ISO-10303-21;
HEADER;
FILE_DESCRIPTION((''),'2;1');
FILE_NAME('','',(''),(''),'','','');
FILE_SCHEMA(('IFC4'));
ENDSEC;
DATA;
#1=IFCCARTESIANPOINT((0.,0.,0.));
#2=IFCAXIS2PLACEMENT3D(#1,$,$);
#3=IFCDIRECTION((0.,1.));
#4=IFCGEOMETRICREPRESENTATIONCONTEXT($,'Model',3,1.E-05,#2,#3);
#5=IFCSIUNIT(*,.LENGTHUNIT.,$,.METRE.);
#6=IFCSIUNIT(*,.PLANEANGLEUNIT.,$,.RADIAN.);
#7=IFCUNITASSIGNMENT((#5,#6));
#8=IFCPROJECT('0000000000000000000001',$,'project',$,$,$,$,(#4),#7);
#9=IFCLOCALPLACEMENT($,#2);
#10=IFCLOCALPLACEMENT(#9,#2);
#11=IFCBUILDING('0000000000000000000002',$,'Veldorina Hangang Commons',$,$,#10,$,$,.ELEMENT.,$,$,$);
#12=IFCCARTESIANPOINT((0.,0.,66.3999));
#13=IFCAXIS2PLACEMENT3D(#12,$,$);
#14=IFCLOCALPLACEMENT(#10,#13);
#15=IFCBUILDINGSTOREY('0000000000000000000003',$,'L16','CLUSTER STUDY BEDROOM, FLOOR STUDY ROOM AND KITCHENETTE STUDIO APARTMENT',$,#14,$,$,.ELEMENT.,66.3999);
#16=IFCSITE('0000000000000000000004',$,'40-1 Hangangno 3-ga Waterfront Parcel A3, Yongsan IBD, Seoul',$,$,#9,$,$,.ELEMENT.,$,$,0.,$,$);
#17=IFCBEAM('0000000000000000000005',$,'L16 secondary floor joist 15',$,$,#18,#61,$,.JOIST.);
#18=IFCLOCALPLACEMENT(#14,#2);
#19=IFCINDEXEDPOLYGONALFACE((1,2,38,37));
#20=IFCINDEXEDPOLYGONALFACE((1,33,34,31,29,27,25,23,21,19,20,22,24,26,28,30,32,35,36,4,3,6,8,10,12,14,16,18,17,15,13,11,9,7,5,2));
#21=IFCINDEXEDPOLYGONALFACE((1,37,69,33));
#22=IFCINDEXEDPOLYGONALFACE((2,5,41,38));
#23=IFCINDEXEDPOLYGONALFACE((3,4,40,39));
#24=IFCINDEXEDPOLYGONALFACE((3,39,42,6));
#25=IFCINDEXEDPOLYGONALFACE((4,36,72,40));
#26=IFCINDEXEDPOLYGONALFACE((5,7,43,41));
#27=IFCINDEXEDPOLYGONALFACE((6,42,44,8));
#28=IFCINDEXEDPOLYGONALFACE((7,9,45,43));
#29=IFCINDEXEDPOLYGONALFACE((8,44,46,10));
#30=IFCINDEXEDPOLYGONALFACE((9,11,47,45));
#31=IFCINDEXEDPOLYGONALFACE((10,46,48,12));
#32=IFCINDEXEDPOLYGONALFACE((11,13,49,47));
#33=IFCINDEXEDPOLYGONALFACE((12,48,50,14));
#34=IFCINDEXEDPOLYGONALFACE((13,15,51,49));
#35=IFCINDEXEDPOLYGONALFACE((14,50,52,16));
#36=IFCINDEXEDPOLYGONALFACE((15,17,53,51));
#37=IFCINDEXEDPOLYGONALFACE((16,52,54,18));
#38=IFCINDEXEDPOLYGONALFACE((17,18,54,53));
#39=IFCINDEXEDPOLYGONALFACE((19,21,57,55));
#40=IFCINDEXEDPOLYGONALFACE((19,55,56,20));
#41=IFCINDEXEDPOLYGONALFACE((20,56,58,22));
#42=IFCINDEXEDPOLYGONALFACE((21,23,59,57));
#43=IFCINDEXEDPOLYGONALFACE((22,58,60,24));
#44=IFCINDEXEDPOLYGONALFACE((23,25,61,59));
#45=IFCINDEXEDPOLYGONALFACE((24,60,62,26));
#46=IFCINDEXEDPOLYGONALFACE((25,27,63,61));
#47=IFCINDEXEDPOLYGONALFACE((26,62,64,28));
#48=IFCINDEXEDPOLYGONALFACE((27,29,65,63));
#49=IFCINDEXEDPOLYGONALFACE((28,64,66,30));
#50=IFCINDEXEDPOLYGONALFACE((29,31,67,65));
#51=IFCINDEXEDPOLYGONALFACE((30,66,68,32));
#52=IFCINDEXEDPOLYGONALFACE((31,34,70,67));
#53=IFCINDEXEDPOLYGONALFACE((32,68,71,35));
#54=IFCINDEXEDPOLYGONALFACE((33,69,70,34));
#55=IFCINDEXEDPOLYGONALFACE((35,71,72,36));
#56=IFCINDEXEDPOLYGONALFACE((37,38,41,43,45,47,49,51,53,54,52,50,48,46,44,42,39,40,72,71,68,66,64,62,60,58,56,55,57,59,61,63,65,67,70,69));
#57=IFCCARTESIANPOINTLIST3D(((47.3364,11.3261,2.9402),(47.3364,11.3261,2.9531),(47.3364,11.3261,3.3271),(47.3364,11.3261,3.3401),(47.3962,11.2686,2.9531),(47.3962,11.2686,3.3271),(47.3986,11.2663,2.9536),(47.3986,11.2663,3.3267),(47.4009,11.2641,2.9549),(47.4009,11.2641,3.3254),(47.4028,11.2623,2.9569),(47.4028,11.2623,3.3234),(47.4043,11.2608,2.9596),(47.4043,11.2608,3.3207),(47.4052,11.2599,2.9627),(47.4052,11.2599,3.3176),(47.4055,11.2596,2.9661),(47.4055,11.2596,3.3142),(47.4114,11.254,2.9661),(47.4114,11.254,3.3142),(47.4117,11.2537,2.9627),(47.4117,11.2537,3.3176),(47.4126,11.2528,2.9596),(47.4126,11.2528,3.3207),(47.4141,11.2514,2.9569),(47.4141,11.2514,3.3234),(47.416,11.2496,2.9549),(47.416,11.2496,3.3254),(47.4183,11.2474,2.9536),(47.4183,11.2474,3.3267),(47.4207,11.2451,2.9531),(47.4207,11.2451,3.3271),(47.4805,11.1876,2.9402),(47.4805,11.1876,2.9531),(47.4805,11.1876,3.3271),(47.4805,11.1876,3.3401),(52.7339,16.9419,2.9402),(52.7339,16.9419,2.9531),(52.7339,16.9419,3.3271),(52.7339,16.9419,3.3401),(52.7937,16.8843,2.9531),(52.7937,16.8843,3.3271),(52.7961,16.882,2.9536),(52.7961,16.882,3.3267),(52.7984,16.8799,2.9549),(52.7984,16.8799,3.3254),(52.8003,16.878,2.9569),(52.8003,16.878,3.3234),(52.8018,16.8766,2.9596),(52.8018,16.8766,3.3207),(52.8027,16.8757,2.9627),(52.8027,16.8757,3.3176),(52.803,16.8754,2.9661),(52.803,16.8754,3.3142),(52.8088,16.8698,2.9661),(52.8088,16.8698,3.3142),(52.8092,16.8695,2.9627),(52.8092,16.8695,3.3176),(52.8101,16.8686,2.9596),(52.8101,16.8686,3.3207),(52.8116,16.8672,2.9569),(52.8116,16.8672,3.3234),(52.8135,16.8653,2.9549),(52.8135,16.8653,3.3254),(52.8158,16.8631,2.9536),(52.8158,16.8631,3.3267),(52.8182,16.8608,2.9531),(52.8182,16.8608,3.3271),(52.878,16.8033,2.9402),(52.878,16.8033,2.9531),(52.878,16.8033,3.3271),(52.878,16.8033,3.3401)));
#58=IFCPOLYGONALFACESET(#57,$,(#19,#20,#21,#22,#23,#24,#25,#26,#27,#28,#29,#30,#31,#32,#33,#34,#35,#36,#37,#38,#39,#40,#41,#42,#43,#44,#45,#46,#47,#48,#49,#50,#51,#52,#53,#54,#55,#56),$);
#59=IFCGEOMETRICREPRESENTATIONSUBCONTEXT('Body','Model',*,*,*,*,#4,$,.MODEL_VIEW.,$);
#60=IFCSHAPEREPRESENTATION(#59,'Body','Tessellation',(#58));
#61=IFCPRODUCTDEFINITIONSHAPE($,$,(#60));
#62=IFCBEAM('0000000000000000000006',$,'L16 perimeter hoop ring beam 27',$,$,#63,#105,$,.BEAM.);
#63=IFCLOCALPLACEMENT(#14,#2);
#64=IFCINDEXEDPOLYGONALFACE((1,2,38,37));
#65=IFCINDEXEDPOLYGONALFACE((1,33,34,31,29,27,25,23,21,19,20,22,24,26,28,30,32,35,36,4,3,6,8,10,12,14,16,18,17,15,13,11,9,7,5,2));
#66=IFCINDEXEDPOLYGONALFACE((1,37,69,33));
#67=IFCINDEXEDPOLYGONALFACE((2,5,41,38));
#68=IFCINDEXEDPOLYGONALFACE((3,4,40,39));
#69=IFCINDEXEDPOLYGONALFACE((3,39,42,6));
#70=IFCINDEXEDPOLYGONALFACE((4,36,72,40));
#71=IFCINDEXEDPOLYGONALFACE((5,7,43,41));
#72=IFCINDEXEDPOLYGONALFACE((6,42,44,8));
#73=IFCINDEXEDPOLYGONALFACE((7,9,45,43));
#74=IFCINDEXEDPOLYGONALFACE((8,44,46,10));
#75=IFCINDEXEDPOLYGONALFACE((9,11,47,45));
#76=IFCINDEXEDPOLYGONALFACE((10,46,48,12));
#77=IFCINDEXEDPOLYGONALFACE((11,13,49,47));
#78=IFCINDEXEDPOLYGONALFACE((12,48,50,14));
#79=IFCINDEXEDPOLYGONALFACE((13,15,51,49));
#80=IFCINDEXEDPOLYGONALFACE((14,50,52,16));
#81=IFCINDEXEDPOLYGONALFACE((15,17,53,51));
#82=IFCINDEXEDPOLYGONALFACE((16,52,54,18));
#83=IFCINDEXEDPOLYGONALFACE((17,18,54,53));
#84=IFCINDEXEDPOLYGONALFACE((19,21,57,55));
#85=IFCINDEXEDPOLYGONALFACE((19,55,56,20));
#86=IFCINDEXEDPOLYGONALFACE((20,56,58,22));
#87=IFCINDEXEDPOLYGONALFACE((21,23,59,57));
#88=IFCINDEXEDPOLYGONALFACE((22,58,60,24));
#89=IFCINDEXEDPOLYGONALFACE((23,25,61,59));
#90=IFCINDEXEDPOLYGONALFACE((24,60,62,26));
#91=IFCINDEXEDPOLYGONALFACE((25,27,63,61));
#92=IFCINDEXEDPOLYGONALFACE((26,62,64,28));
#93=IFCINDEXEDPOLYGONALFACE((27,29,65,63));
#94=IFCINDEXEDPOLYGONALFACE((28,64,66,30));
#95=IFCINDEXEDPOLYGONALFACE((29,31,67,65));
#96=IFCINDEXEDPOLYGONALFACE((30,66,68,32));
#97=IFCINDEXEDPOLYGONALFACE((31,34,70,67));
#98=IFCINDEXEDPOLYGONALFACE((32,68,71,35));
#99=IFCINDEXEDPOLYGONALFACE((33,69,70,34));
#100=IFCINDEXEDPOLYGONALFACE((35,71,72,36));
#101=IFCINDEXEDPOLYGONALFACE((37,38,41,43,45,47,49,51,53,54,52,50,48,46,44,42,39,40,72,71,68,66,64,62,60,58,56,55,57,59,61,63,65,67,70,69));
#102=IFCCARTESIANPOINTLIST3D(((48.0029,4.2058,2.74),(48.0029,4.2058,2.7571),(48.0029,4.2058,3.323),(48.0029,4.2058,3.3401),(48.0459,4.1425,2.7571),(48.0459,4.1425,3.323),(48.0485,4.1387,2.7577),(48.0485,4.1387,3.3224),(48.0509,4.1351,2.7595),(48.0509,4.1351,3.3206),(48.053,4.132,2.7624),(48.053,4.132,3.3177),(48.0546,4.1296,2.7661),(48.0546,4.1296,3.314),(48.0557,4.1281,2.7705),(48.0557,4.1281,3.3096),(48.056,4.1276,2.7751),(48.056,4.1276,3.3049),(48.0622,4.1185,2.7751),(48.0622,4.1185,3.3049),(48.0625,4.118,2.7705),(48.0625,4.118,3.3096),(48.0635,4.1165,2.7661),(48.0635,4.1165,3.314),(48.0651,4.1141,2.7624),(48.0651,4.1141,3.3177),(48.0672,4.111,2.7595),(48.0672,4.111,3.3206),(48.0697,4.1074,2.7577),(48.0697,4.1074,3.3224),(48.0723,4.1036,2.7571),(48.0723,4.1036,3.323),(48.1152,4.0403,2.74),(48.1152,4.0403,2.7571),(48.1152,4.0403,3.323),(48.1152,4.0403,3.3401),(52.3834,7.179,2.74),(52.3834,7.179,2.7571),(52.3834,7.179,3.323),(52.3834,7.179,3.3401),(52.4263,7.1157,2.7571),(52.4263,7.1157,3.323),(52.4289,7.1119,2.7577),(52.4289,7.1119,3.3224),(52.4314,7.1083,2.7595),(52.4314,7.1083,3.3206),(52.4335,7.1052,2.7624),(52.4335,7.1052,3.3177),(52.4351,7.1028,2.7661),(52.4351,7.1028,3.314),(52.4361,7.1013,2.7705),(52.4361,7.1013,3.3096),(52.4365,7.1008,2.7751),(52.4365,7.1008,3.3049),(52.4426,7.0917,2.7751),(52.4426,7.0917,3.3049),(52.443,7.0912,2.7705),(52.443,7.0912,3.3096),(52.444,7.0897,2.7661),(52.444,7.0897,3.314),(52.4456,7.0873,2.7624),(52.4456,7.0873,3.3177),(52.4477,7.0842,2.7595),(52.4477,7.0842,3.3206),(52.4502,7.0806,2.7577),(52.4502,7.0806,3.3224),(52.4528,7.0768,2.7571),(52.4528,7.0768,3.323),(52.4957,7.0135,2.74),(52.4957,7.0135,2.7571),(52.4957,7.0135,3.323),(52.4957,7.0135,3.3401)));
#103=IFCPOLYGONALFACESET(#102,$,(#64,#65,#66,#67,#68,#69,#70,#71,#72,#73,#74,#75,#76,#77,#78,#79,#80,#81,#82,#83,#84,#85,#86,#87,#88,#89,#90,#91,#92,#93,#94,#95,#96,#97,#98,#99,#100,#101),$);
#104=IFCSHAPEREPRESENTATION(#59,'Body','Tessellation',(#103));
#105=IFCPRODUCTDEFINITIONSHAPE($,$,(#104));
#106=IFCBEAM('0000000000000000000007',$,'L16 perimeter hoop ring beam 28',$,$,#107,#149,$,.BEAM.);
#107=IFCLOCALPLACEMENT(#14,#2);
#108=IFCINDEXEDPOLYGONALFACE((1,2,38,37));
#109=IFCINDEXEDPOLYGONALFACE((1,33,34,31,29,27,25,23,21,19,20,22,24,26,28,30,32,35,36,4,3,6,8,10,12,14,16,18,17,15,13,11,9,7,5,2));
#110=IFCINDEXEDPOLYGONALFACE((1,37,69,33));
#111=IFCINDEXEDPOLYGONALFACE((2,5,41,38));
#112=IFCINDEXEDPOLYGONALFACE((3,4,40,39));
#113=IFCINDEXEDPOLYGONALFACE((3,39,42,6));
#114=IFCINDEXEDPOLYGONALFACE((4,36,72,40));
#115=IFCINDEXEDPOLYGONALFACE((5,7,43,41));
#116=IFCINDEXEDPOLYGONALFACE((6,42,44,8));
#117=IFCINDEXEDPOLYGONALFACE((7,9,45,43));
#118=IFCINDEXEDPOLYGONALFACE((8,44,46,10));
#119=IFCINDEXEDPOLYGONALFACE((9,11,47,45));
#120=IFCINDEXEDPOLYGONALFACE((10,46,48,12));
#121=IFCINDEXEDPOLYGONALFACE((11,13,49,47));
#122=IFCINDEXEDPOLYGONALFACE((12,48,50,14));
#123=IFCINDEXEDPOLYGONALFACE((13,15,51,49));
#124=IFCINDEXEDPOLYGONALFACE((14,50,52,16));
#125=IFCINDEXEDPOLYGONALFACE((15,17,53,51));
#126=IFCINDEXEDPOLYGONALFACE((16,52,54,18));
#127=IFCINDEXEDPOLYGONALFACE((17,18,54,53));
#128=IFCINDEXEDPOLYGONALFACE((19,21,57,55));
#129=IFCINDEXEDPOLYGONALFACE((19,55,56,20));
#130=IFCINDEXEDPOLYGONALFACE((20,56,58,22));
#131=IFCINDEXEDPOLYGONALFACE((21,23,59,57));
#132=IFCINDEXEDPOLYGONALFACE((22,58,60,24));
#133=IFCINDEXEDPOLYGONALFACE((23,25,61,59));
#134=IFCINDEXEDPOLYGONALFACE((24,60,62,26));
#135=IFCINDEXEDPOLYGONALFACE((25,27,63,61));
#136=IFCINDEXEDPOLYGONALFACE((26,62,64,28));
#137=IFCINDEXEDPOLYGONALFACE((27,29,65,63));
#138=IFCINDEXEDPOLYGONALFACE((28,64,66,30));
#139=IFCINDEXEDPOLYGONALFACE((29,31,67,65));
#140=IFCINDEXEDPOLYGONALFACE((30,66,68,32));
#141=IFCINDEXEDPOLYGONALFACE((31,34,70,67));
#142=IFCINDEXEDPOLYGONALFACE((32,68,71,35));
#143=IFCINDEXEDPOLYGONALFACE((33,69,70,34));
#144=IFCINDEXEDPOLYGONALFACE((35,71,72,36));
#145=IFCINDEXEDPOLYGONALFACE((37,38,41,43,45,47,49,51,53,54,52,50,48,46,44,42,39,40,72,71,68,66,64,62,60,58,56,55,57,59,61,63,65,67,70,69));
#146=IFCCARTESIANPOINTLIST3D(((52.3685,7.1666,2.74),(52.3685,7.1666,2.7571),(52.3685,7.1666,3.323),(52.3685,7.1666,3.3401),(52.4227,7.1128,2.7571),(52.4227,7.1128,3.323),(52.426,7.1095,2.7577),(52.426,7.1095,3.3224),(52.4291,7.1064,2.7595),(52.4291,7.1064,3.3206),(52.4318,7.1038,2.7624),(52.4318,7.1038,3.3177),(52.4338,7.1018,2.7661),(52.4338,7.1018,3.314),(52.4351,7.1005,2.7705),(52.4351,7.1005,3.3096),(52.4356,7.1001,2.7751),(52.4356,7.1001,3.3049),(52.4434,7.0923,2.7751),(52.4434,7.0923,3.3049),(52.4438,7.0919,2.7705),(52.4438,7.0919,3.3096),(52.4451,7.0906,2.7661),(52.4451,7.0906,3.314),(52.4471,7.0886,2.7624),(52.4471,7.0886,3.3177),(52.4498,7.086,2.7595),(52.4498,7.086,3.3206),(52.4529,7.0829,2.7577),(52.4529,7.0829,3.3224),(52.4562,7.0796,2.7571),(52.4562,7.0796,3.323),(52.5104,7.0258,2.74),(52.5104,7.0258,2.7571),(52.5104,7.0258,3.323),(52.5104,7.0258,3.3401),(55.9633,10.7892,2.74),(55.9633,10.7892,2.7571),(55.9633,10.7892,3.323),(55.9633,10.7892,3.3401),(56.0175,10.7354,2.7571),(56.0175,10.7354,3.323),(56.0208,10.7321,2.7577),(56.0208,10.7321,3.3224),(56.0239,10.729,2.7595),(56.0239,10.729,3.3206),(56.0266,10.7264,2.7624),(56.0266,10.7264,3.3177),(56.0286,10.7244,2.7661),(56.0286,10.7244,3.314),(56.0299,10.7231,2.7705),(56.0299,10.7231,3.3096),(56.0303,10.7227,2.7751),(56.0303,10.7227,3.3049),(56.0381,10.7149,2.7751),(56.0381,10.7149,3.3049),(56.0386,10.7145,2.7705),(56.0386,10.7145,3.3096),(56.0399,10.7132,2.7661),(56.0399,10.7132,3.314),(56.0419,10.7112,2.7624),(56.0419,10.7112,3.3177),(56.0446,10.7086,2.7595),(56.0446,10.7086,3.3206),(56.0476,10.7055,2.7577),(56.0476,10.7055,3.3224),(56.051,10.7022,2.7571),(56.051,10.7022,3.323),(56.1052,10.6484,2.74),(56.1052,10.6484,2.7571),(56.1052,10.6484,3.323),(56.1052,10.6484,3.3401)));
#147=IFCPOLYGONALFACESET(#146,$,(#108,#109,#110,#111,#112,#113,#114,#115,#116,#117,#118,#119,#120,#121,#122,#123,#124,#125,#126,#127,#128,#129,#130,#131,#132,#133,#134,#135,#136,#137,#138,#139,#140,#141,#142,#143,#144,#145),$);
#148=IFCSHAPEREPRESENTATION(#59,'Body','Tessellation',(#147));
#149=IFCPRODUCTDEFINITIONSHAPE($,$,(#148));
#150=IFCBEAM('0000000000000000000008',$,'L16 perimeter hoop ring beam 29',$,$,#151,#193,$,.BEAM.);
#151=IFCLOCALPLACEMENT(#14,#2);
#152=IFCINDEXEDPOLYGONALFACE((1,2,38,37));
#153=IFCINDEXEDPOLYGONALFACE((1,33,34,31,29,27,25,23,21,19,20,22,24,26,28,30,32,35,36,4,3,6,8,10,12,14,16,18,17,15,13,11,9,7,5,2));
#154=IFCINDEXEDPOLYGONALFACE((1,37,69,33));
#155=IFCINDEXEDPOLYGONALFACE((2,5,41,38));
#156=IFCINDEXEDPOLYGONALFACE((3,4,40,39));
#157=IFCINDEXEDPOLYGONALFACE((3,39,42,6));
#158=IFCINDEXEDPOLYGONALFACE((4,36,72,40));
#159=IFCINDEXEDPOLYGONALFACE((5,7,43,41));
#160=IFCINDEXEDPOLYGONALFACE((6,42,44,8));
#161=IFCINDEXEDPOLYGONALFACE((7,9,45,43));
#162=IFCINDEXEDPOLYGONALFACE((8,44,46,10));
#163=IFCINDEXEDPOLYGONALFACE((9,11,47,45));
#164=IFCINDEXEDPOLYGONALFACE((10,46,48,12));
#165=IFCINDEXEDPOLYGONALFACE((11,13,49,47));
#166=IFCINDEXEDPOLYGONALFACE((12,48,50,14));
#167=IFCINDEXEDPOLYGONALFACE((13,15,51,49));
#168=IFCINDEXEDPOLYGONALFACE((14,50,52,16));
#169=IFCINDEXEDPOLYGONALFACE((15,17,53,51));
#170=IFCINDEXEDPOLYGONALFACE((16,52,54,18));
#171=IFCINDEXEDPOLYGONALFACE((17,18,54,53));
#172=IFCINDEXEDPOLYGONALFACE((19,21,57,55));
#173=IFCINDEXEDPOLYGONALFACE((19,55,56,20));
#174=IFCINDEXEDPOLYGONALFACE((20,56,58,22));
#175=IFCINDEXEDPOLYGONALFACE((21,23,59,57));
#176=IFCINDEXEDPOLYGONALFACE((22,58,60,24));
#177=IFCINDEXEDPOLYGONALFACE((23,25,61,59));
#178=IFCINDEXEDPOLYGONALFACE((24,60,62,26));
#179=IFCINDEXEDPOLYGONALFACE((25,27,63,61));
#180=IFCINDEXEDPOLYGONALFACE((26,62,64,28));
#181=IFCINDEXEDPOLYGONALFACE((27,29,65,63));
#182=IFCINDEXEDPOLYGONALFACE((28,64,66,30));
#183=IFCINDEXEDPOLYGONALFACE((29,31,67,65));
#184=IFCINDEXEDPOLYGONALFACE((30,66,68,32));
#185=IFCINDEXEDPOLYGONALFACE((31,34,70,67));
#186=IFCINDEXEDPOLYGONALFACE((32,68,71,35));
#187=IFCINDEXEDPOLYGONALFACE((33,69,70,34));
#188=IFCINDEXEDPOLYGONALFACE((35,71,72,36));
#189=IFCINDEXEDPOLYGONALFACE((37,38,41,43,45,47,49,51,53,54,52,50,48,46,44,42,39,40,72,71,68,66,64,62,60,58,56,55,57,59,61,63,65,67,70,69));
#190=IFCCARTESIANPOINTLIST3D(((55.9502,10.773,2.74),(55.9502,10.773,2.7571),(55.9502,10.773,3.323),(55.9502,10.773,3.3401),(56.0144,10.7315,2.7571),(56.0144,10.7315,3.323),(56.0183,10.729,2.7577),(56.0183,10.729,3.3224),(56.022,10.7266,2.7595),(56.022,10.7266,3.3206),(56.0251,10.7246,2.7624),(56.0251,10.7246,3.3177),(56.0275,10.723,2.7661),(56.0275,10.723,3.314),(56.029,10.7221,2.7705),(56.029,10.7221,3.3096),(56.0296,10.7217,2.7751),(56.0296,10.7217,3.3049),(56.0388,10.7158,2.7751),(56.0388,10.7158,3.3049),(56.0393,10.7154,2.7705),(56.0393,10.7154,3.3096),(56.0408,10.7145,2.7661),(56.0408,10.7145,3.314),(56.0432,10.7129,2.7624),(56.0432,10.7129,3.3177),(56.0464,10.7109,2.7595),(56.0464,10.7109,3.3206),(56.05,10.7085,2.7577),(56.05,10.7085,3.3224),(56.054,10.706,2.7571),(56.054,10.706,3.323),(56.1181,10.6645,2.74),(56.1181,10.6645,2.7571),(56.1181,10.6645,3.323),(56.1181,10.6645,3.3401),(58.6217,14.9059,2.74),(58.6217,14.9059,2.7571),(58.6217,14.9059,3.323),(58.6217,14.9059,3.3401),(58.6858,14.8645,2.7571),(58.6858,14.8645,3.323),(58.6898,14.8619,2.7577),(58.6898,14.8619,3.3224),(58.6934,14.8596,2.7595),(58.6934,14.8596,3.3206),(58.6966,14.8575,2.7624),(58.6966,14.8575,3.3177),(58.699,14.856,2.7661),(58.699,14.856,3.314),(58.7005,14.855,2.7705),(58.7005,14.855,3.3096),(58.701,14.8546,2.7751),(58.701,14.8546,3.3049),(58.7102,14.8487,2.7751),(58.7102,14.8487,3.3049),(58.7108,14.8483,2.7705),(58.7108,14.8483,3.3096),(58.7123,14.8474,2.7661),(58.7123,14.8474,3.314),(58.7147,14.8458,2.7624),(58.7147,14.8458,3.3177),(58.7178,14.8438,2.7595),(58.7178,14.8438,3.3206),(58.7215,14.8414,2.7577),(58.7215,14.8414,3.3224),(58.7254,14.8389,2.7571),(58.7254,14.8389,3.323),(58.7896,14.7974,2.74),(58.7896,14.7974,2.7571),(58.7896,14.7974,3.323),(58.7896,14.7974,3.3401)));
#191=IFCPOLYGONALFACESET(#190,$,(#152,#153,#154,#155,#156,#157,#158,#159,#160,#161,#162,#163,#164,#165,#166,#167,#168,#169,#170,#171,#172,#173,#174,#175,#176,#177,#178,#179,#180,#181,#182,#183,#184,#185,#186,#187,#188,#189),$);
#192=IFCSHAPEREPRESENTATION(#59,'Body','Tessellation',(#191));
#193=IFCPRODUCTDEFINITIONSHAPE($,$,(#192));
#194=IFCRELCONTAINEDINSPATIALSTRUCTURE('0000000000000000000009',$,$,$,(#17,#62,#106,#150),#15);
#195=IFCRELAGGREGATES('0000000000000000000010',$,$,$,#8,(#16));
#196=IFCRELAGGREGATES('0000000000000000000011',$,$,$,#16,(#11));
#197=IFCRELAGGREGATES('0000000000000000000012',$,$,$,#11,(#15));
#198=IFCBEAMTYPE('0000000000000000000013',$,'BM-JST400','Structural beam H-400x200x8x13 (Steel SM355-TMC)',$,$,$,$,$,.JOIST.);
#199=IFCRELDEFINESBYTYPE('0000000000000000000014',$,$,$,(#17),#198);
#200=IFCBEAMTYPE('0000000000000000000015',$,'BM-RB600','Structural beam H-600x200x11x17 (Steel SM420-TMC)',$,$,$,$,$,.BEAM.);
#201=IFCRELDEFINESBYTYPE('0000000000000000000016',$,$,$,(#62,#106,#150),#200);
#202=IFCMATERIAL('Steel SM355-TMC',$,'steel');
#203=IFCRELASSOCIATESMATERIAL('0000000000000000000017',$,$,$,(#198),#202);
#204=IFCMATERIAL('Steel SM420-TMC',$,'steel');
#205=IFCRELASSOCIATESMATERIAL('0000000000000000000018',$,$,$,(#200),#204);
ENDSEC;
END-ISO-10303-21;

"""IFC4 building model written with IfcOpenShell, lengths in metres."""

from ifc_helpers import new_model, si_unit, direction, frame, origin, origin_2d, place, context, subcontext, project, spatial, i_section, extrude, material, material_profile, profile_set, type_object, element, save


model = new_model("IFC4")

# Units and contexts
model_context = context("Model", 3, precision=1e-05, world=origin(), true_north=direction((0.0, 1.0)))
body_context = subcontext(model_context, "Body", "Model", "MODEL_VIEW")
ifc_project = project(units=[si_unit("LENGTHUNIT", "METRE"), si_unit("PLANEANGLEUNIT", "RADIAN")], contexts=[model_context])

# Site, building, storey
site_placement = place(None, origin())
site = spatial("IfcSite", under=ifc_project, at=site_placement, Name="40-1 Hangangno 3-ga Waterfront Parcel A3, Yongsan IBD, Seoul", CompositionType="ELEMENT", RefElevation=0.0)
building_placement = place(site_placement, origin())
building = spatial("IfcBuilding", under=site, at=building_placement, Name="Veldorina Hangang Commons", CompositionType="ELEMENT")
storey_placement = place(building_placement, frame((0.0, 0.0, 66.3999)))
storey = spatial("IfcBuildingStorey", under=building, at=storey_placement, Name="L16", Description="CLUSTER STUDY BEDROOM, FLOOR STUDY ROOM AND KITCHENETTE STUDIO APARTMENT", CompositionType="ELEMENT", Elevation=66.3999)

# Beams
ifc_material_1 = material(Name="Steel SM355-TMC", Category="steel")
ifc_material_profile_1 = material_profile(ifc_material_1, i_section(OverallWidth=0.2, OverallDepth=0.3999, WebThickness=0.0081, FlangeThickness=0.0129, FilletRadius=0.0129, at=origin_2d()), Name="H-400x200x8x13")
ifc_profile_set_1 = profile_set([ifc_material_profile_1], Name="Steel SM355-TMC")
beam_type_1 = type_object("IfcBeamType", Name="BM-JST400", Description="Structural beam H-400x200x8x13 (Steel SM355-TMC)", PredefinedType="JOIST", material=ifc_profile_set_1)
beam_1_placement = place(storey_placement, frame((47.4084, 11.2568, 3.1401), z_axis=(0.692957, 0.720979, 0.0), x_axis=(-0.720979, 0.692957, 0.0)))
element("IfcBeam", 1, at=beam_1_placement, inside=storey, type_object=beam_type_1, Name="L16 secondary floor joist 15", PredefinedType="JOIST", context=body_context, shape_type="SweptSolid", body=[
    extrude(i_section(OverallWidth=0.2, OverallDepth=0.3999, WebThickness=0.0081, FlangeThickness=0.0129, FilletRadius=0.0129, at=origin_2d()), origin(), (0.0, 0.0, 1.0), 7.7891),
])
ifc_material_2 = material(Name="Steel SM420-TMC", Category="steel")
ifc_material_profile_2 = material_profile(ifc_material_2, i_section(OverallWidth=0.2, OverallDepth=0.6001, WebThickness=0.011, FlangeThickness=0.0171, FilletRadius=0.0181, at=origin_2d()), Name="H-600x200x11x17")
ifc_profile_set_2 = profile_set([ifc_material_profile_2], Name="Steel SM420-TMC")
beam_type_2 = type_object("IfcBeamType", Name="BM-RB600", Description="Structural beam H-600x200x11x17 (Steel SM420-TMC)", PredefinedType="BEAM", material=ifc_profile_set_2)
beam_2_placement = place(storey_placement, frame((48.0591, 4.123, 3.04), z_axis=(0.82741, 0.561598, 0.0), x_axis=(-0.561598, 0.82741, 0.0)))
element("IfcBeam", 2, at=beam_2_placement, inside=storey, type_object=beam_type_2, Name="L16 perimeter hoop ring beam 27", PredefinedType="BEAM", context=body_context, shape_type="SweptSolid", body=[
    extrude(i_section(OverallWidth=0.2, OverallDepth=0.6001, WebThickness=0.011, FlangeThickness=0.0171, FilletRadius=0.0181, at=origin_2d()), origin(), (0.0, 0.0, 1.0), 5.2942),
])
beam_3_placement = place(storey_placement, frame((52.4395, 7.0962, 3.04), z_axis=(0.704375, 0.709828, 0.0), x_axis=(-0.709828, 0.704375, 0.0)))
element("IfcBeam", 3, at=beam_3_placement, inside=storey, type_object=beam_type_2, Name="L16 perimeter hoop ring beam 28", PredefinedType="BEAM", context=body_context, shape_type="SweptSolid", body=[
    extrude(i_section(OverallWidth=0.2, OverallDepth=0.6001, WebThickness=0.011, FlangeThickness=0.0171, FilletRadius=0.0181, at=origin_2d()), origin(), (0.0, 0.0, 1.0), 5.1035),
])
beam_4_placement = place(storey_placement, frame((56.0342, 10.7188, 3.04), z_axis=(0.542852, 0.839828, 0.0), x_axis=(-0.839828, 0.542852, 0.0)))
element("IfcBeam", 4, at=beam_4_placement, inside=storey, type_object=beam_type_2, Name="L16 perimeter hoop ring beam 29", PredefinedType="BEAM", context=body_context, shape_type="SweptSolid", body=[
    extrude(i_section(OverallWidth=0.2, OverallDepth=0.6001, WebThickness=0.011, FlangeThickness=0.0171, FilletRadius=0.0181, at=origin_2d()), origin(), (0.0, 0.0, 1.0), 4.9211),
])

save(model, "model.ifc")
